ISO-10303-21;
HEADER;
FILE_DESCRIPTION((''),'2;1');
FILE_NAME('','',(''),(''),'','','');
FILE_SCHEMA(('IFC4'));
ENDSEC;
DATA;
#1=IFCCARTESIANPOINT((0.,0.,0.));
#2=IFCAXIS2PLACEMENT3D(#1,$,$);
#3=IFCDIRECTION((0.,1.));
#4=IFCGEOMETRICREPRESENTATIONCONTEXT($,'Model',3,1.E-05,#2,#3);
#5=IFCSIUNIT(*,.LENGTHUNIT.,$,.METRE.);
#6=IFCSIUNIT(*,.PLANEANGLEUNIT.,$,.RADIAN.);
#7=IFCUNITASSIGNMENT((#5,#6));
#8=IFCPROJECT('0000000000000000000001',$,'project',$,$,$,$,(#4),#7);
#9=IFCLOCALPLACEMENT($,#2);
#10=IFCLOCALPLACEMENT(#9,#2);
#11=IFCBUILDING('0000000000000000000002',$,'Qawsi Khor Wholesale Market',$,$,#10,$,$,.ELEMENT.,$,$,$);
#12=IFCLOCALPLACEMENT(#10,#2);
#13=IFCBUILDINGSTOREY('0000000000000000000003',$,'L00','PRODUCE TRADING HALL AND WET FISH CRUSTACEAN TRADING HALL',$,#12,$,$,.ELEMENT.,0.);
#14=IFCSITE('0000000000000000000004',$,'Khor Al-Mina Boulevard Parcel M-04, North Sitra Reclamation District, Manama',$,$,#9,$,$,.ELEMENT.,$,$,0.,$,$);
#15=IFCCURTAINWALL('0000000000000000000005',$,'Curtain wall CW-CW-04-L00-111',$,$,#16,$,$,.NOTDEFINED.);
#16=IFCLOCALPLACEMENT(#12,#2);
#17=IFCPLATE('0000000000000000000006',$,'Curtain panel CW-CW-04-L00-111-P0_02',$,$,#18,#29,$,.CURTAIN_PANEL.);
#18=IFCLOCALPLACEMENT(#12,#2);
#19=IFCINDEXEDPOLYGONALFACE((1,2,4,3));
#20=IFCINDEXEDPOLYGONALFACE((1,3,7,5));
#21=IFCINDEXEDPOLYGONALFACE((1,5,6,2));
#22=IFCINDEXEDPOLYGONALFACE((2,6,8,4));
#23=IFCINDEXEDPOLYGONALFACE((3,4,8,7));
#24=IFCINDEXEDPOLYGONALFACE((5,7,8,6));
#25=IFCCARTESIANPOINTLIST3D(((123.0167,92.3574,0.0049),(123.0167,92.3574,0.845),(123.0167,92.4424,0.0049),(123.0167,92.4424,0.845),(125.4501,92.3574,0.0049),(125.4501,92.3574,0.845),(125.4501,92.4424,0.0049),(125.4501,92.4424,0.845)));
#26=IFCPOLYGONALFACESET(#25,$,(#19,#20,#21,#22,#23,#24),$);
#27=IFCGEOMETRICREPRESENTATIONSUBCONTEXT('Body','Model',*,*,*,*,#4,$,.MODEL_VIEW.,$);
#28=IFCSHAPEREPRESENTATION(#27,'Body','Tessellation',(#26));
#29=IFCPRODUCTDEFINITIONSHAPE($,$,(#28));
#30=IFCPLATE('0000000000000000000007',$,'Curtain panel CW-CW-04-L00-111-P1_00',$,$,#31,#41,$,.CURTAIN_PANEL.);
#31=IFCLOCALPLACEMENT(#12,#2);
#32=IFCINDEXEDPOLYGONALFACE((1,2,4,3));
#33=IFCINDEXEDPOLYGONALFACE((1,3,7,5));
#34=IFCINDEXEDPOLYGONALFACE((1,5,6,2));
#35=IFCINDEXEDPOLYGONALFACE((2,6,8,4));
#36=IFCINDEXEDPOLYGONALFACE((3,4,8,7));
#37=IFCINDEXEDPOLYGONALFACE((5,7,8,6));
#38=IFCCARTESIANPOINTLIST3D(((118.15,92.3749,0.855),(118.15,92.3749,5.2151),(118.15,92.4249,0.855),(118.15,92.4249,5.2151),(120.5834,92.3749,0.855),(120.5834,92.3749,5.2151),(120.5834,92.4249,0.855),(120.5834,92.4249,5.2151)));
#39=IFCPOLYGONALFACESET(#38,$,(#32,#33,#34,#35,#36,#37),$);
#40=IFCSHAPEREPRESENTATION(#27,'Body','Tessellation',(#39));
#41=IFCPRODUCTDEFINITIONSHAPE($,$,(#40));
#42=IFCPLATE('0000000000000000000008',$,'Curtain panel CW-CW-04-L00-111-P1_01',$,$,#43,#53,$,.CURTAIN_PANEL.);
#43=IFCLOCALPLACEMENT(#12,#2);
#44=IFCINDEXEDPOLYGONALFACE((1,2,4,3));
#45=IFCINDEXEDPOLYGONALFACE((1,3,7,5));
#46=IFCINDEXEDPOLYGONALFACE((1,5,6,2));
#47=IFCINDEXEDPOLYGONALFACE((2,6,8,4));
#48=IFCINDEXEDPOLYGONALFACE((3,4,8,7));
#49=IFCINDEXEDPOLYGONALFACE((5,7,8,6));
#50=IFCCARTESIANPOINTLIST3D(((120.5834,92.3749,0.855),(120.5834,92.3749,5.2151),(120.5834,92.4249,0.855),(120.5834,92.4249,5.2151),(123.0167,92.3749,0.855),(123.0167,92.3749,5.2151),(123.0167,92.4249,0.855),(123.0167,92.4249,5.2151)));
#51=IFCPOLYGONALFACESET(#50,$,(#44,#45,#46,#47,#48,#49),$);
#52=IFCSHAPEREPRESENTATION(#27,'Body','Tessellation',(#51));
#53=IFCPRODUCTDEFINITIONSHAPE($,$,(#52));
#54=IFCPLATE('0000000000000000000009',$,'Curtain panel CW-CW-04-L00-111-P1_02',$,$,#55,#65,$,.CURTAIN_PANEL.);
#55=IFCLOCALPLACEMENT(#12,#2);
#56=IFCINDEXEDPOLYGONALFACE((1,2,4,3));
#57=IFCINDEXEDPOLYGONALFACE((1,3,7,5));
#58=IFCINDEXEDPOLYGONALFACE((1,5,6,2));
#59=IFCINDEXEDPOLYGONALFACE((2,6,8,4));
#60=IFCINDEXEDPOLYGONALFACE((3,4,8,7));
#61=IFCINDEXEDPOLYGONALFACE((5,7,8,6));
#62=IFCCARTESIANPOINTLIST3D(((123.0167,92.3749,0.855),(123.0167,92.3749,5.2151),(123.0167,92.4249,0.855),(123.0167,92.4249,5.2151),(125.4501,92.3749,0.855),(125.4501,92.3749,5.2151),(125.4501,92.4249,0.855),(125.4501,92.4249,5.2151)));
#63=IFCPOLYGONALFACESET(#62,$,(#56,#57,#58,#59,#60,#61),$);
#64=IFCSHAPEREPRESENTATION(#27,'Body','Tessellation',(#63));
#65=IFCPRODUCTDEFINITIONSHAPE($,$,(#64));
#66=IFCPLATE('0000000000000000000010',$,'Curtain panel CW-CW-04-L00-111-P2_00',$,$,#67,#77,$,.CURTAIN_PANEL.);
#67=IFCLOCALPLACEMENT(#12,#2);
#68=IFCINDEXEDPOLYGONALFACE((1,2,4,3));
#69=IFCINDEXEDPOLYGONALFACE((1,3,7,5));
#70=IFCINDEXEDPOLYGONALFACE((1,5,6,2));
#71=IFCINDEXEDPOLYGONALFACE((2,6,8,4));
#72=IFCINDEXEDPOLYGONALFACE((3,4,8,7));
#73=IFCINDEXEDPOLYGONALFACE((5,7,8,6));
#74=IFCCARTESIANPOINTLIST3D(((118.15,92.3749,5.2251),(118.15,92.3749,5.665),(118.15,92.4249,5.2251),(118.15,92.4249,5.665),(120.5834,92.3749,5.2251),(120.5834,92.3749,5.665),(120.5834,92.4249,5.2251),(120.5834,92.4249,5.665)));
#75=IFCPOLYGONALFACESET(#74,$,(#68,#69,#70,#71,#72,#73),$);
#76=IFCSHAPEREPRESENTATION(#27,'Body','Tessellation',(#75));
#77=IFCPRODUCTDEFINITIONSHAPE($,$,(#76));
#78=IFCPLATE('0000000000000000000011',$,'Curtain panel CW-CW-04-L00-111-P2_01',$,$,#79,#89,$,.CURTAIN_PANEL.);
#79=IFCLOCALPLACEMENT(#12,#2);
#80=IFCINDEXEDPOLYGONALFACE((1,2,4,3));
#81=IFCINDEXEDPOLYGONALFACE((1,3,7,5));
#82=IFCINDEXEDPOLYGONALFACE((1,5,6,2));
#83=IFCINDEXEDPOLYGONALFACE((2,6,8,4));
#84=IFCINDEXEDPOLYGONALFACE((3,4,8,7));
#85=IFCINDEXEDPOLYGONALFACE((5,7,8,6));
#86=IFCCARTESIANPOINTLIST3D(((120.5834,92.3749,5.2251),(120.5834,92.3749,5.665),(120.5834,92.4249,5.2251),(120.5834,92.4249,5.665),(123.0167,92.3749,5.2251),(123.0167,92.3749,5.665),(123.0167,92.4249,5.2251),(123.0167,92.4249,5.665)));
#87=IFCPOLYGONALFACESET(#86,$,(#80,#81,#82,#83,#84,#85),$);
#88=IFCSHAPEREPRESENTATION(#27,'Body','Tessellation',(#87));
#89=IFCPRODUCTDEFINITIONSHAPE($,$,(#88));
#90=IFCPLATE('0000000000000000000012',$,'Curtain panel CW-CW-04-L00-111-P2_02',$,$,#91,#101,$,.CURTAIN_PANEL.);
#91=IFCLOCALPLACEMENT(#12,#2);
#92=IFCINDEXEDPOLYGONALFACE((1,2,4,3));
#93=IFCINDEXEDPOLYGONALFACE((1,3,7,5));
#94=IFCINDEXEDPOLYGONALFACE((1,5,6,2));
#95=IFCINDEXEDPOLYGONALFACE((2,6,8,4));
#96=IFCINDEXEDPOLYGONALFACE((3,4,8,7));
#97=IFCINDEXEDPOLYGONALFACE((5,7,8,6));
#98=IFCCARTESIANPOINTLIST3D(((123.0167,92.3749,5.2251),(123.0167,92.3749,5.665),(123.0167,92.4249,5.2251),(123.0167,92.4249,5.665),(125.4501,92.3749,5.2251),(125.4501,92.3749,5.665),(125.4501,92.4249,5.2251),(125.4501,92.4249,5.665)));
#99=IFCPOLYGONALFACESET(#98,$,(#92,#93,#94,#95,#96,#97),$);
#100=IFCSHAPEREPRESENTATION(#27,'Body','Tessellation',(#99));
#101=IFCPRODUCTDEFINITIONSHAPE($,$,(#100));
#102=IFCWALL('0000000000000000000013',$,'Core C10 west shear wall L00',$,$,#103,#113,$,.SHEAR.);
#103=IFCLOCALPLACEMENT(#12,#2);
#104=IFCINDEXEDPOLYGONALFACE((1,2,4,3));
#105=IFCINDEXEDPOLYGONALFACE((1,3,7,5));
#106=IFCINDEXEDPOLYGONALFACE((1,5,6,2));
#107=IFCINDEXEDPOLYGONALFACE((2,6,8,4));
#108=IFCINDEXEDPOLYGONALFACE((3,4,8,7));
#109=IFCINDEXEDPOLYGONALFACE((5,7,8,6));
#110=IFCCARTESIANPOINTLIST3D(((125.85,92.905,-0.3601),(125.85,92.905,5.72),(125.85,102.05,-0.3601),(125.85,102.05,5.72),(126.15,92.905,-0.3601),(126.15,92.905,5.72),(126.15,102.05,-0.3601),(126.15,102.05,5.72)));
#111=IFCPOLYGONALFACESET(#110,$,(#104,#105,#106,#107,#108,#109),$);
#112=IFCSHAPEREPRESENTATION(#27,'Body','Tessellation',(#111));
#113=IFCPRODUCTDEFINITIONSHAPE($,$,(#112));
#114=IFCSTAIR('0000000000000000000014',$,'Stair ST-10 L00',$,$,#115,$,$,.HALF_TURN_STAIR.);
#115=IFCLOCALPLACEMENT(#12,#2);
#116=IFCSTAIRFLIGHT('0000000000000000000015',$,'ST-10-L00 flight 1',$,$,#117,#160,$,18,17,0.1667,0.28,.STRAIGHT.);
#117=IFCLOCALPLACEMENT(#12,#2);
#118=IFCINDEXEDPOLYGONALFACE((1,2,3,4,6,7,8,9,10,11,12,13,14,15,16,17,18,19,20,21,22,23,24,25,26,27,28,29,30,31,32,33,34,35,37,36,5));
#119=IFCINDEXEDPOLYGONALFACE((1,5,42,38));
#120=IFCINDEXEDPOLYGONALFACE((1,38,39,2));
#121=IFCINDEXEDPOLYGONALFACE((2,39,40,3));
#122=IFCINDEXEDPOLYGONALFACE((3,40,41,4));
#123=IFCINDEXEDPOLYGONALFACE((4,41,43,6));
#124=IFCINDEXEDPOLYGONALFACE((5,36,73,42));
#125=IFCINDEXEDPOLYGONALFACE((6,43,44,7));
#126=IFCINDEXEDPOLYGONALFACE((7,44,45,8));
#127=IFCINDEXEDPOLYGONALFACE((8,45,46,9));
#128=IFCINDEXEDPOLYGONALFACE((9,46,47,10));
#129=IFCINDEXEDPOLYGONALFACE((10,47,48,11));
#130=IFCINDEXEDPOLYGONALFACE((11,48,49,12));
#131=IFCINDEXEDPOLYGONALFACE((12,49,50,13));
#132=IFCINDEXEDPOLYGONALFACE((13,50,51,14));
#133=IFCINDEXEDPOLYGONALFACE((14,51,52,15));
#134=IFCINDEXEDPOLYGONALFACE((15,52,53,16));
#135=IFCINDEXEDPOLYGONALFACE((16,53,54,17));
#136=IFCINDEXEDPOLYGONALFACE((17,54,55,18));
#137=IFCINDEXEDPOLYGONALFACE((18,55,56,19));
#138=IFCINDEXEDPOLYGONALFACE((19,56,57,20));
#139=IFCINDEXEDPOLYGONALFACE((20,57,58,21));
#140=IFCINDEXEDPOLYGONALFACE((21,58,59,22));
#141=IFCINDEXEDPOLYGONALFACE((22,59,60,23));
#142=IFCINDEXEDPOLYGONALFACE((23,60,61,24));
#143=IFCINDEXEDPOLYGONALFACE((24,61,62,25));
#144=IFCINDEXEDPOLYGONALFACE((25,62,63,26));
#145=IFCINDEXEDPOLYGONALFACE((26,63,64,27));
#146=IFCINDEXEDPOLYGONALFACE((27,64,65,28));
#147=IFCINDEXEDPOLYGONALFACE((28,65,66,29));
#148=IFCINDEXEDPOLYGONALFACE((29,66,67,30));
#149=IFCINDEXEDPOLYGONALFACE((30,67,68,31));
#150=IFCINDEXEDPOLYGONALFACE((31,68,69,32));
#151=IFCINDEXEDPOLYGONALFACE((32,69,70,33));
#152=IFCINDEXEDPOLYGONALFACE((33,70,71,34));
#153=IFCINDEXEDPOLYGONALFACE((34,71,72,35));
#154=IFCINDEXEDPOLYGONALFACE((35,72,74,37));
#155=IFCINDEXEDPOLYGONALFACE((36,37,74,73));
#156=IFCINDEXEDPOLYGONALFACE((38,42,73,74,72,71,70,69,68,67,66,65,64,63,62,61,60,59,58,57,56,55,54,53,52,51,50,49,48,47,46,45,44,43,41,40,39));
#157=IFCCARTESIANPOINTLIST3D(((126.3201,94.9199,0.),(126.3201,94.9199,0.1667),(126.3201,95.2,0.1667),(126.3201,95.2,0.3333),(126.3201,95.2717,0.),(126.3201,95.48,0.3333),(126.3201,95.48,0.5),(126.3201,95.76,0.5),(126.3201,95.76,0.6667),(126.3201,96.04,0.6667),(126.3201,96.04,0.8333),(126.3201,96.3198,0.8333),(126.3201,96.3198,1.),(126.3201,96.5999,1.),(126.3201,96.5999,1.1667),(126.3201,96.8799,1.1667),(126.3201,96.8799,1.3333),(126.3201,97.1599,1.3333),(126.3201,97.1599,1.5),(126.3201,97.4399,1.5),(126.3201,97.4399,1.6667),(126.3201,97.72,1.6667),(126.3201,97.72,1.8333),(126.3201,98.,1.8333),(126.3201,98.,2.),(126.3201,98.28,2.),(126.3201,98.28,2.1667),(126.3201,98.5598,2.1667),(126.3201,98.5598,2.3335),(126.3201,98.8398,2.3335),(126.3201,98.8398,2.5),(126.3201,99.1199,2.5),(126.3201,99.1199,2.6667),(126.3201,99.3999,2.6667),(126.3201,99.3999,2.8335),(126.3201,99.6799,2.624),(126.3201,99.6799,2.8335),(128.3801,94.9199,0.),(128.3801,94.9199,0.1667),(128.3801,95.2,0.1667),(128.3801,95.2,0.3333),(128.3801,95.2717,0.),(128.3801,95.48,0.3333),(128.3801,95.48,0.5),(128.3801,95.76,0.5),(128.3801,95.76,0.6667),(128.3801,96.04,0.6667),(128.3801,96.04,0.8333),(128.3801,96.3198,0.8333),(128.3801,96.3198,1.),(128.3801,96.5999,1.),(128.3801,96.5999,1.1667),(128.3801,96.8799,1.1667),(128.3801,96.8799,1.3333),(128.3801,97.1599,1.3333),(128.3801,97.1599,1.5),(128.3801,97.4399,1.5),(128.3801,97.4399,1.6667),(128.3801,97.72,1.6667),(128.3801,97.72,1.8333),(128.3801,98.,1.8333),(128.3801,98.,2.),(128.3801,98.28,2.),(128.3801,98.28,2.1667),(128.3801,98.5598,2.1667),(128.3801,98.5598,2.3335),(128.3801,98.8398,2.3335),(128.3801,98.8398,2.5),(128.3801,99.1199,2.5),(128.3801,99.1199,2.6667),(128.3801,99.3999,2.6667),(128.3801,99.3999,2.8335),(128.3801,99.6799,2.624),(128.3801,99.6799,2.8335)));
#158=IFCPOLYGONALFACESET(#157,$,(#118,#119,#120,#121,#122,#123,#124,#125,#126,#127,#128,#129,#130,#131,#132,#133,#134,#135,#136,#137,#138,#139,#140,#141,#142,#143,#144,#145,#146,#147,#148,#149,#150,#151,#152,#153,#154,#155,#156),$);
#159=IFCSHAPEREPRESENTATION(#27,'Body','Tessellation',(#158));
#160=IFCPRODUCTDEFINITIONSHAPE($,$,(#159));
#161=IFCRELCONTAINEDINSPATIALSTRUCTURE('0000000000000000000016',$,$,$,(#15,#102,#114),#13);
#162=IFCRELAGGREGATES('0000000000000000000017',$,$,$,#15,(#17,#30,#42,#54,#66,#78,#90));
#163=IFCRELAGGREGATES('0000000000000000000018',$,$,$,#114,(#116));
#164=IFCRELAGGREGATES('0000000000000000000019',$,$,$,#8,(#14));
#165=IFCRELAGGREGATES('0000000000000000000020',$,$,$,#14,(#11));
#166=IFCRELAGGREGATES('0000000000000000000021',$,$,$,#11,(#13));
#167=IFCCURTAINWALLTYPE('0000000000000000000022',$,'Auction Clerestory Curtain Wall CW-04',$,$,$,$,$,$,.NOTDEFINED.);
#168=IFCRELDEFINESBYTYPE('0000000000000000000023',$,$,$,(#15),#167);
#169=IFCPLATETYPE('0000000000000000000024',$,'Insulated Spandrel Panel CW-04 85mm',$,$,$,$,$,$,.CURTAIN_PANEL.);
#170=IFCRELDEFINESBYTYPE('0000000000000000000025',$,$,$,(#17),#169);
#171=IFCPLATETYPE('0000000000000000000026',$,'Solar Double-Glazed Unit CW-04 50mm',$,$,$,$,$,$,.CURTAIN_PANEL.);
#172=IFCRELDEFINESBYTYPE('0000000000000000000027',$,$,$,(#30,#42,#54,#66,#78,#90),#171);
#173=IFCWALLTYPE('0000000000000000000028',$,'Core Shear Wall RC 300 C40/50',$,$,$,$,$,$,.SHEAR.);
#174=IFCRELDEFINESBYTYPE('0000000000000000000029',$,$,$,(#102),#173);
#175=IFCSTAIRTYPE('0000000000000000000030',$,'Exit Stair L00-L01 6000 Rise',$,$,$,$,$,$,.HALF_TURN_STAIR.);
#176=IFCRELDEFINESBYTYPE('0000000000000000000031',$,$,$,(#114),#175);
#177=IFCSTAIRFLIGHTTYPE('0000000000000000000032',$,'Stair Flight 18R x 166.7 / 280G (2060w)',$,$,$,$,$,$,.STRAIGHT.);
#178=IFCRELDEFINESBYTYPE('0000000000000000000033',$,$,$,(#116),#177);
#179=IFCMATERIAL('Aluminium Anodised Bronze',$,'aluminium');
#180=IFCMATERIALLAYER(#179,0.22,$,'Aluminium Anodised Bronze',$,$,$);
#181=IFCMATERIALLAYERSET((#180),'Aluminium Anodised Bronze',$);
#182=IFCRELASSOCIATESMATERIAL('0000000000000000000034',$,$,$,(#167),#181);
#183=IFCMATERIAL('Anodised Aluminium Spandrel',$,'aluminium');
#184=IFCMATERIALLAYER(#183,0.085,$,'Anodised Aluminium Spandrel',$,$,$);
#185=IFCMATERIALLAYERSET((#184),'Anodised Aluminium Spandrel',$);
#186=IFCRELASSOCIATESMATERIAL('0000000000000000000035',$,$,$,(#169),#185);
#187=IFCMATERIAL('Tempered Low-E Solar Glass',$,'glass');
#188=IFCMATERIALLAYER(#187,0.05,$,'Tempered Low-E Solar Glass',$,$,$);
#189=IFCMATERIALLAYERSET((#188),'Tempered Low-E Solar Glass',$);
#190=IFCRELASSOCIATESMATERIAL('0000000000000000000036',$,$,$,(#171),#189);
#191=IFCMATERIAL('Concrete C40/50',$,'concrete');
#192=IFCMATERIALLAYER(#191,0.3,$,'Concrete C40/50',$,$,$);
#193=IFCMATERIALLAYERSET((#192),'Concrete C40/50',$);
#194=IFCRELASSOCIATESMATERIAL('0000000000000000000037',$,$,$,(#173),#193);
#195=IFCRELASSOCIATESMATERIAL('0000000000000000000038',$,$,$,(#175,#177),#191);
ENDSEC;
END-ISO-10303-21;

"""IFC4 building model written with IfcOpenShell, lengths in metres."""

from ifc_helpers import new_model, si_unit, direction, frame, frame_2d, origin, place, context, subcontext, project, spatial, polyline, rectangle, outline, extrude, material, layer, layer_set, type_object, element, aggregate, save


model = new_model("IFC4")

# Units and contexts
model_context = context("Model", 3, precision=1e-05, world=origin(), true_north=direction((0.0, 1.0)))
body_context = subcontext(model_context, "Body", "Model", "MODEL_VIEW")
ifc_project = project(units=[si_unit("LENGTHUNIT", "METRE"), si_unit("PLANEANGLEUNIT", "RADIAN")], contexts=[model_context])

# Site, building, storey
site_placement = place(None, origin())
site = spatial("IfcSite", under=ifc_project, at=site_placement, Name="Khor Al-Mina Boulevard Parcel M-04, North Sitra Reclamation District, Manama", CompositionType="ELEMENT", RefElevation=0.0)
building_placement = place(site_placement, origin())
building = spatial("IfcBuilding", under=site, at=building_placement, Name="Qawsi Khor Wholesale Market", CompositionType="ELEMENT")
storey_placement = place(building_placement, origin())
storey = spatial("IfcBuildingStorey", under=building, at=storey_placement, Name="L00", Description="PRODUCE TRADING HALL AND WET FISH CRUSTACEAN TRADING HALL", CompositionType="ELEMENT", Elevation=0.0)

# Shared definitions
ifc_material_1 = material(Name="Concrete C40/50", Category="concrete")

# Curtain wall, plates
ifc_material_2 = material(Name="Aluminium Anodised Bronze", Category="aluminium")
ifc_layer_1 = layer(ifc_material_2, 0.22, Name="Aluminium Anodised Bronze")
ifc_layer_set_1 = layer_set([ifc_layer_1], Name="Aluminium Anodised Bronze")
curtain_wall_type = type_object("IfcCurtainWallType", Name="Auction Clerestory Curtain Wall CW-04", PredefinedType="NOTDEFINED", material=ifc_layer_set_1)
curtain_wall_placement = place(storey_placement, origin())
curtain_wall = element("IfcCurtainWall", 1, at=curtain_wall_placement, inside=storey, type_object=curtain_wall_type, Name="Curtain wall CW-CW-04-L00-111", PredefinedType="NOTDEFINED")
ifc_material_3 = material(Name="Anodised Aluminium Spandrel", Category="aluminium")
ifc_layer_2 = layer(ifc_material_3, 0.085, Name="Anodised Aluminium Spandrel")
ifc_layer_set_2 = layer_set([ifc_layer_2], Name="Anodised Aluminium Spandrel")
plate_type_1 = type_object("IfcPlateType", Name="Insulated Spandrel Panel CW-04 85mm", PredefinedType="CURTAIN_PANEL", material=ifc_layer_set_2)
plate_1_placement = place(storey_placement, frame((123.0166, 92.3999, 0.0049), z_axis=(0.0, 0.0, 1.0), x_axis=(1.0, 0.0, 0.0)))
plate_1 = element("IfcPlate", 2, at=plate_1_placement, type_object=plate_type_1, Name="Curtain panel CW-CW-04-L00-111-P0_02", PredefinedType="CURTAIN_PANEL", context=body_context, shape_type="SweptSolid", body=[
    extrude(rectangle(XDim=2.4333, YDim=0.085, at=frame_2d((1.2168, 0.0))), origin(), (0.0, 0.0, 1.0), 0.8401),
])
ifc_material_4 = material(Name="Tempered Low-E Solar Glass", Category="glass")
ifc_layer_3 = layer(ifc_material_4, 0.05, Name="Tempered Low-E Solar Glass")
ifc_layer_set_3 = layer_set([ifc_layer_3], Name="Tempered Low-E Solar Glass")
plate_type_2 = type_object("IfcPlateType", Name="Solar Double-Glazed Unit CW-04 50mm", PredefinedType="CURTAIN_PANEL", material=ifc_layer_set_3)
plate_2_placement = place(storey_placement, frame((118.1499, 92.3999, 0.855), z_axis=(0.0, 0.0, 1.0), x_axis=(1.0, 0.0, 0.0)))
plate_2 = element("IfcPlate", 3, at=plate_2_placement, type_object=plate_type_2, Name="Curtain panel CW-CW-04-L00-111-P1_00", PredefinedType="CURTAIN_PANEL", context=body_context, shape_type="SweptSolid", body=[
    extrude(rectangle(XDim=2.4333, YDim=0.05, at=frame_2d((1.2168, 0.0))), origin(), (0.0, 0.0, 1.0), 4.3601),
])
plate_3_placement = place(storey_placement, frame((120.5833, 92.3999, 0.855), z_axis=(0.0, 0.0, 1.0), x_axis=(1.0, 0.0, 0.0)))
plate_3 = element("IfcPlate", 4, at=plate_3_placement, type_object=plate_type_2, Name="Curtain panel CW-CW-04-L00-111-P1_01", PredefinedType="CURTAIN_PANEL", context=body_context, shape_type="SweptSolid", body=[
    extrude(rectangle(XDim=2.4333, YDim=0.05, at=frame_2d((1.2168, 0.0))), origin(), (0.0, 0.0, 1.0), 4.3601),
])
plate_4_placement = place(storey_placement, frame((123.0166, 92.3999, 0.855), z_axis=(0.0, 0.0, 1.0), x_axis=(1.0, 0.0, 0.0)))
plate_4 = element("IfcPlate", 5, at=plate_4_placement, type_object=plate_type_2, Name="Curtain panel CW-CW-04-L00-111-P1_02", PredefinedType="CURTAIN_PANEL", context=body_context, shape_type="SweptSolid", body=[
    extrude(rectangle(XDim=2.4333, YDim=0.05, at=frame_2d((1.2168, 0.0))), origin(), (0.0, 0.0, 1.0), 4.3601),
])
plate_5_placement = place(storey_placement, frame((118.1499, 92.3999, 5.2251), z_axis=(0.0, 0.0, 1.0), x_axis=(1.0, 0.0, 0.0)))
plate_5 = element("IfcPlate", 6, at=plate_5_placement, type_object=plate_type_2, Name="Curtain panel CW-CW-04-L00-111-P2_00", PredefinedType="CURTAIN_PANEL", context=body_context, shape_type="SweptSolid", body=[
    extrude(rectangle(XDim=2.4333, YDim=0.05, at=frame_2d((1.2168, 0.0))), origin(), (0.0, 0.0, 1.0), 0.4399),
])
plate_6_placement = place(storey_placement, frame((120.5833, 92.3999, 5.2251), z_axis=(0.0, 0.0, 1.0), x_axis=(1.0, 0.0, 0.0)))
plate_6 = element("IfcPlate", 7, at=plate_6_placement, type_object=plate_type_2, Name="Curtain panel CW-CW-04-L00-111-P2_01", PredefinedType="CURTAIN_PANEL", context=body_context, shape_type="SweptSolid", body=[
    extrude(rectangle(XDim=2.4333, YDim=0.05, at=frame_2d((1.2168, 0.0))), origin(), (0.0, 0.0, 1.0), 0.4399),
])
plate_7_placement = place(storey_placement, frame((123.0166, 92.3999, 5.2251), z_axis=(0.0, 0.0, 1.0), x_axis=(1.0, 0.0, 0.0)))
plate_7 = element("IfcPlate", 8, at=plate_7_placement, type_object=plate_type_2, Name="Curtain panel CW-CW-04-L00-111-P2_02", PredefinedType="CURTAIN_PANEL", context=body_context, shape_type="SweptSolid", body=[
    extrude(rectangle(XDim=2.4333, YDim=0.05, at=frame_2d((1.2168, 0.0))), origin(), (0.0, 0.0, 1.0), 0.4399),
])
aggregate(curtain_wall, [plate_1, plate_2, plate_3, plate_4, plate_5, plate_6, plate_7])

# Wall
ifc_layer_4 = layer(ifc_material_1, 0.3, Name="Concrete C40/50")
ifc_layer_set_4 = layer_set([ifc_layer_4], Name="Concrete C40/50")
wall_type = type_object("IfcWallType", Name="Core Shear Wall RC 300 C40/50", PredefinedType="SHEAR", material=ifc_layer_set_4)
wall_placement = place(storey_placement, frame((126.0, 92.905, -0.3601), z_axis=(0.0, 0.0, 1.0), x_axis=(0.0, 1.0, 0.0)))
element("IfcWall", 9, at=wall_placement, inside=storey, type_object=wall_type, Name="Core C10 west shear wall L00", PredefinedType="SHEAR", context=body_context, shape_type="SweptSolid", body=[
    extrude(rectangle(XDim=9.145, YDim=0.3, at=frame_2d((4.5725, 0.0))), origin(), (0.0, 0.0, 1.0), 6.0801),
])

# Stair, stair flight
stair_type = type_object("IfcStairType", Name="Exit Stair L00-L01 6000 Rise", PredefinedType="HALF_TURN_STAIR", material=ifc_material_1)
stair_placement = place(storey_placement, origin())
stair = element("IfcStair", 10, at=stair_placement, inside=storey, type_object=stair_type, Name="Stair ST-10 L00", PredefinedType="HALF_TURN_STAIR")
stair_flight_type = type_object("IfcStairFlightType", Name="Stair Flight 18R x 166.7 / 280G (2060w)", PredefinedType="STRAIGHT", material=ifc_material_1)
stair_flight_placement = place(storey_placement, frame((127.3501, 94.9199, 0.0), z_axis=(0.0, 0.0, 1.0), x_axis=(0.0, 1.0, 0.0)))
stair_flight = element("IfcStairFlight", 11, at=stair_flight_placement, type_object=stair_flight_type, Name="ST-10-L00 flight 1", NumberOfRisers=18, NumberOfTreads=17, PredefinedType="STRAIGHT", RiserHeight=0.1667, TreadLength=0.28, context=body_context, shape_type="SweptSolid", body=[
    extrude(outline(polyline([(0.0, 0.0), (0.0, 0.1667), (0.28, 0.1667), (0.28, 0.3333), (0.5601, 0.3333), (0.5601, 0.5), (0.8401, 0.5), (0.8401, 0.6667), (1.1201, 0.6667), (1.1201, 0.8333), (1.3999, 0.8333), (1.3999, 1.0), (1.6799, 1.0), (1.6799, 1.1667), (1.96, 1.1667), (1.96, 1.3333), (2.24, 1.3333), (2.24, 1.5), (2.52, 1.5), (2.52, 1.6667), (2.8, 1.6667), (2.8, 1.8333), (3.0801, 1.8333), (3.0801, 2.0), (3.3601, 2.0), (3.3601, 2.1667), (3.6399, 2.1667), (3.6399, 2.3335), (3.9199, 2.3335), (3.9199, 2.5), (4.2, 2.5), (4.2, 2.6667), (4.48, 2.6667), (4.48, 2.8335), (4.76, 2.8335), (4.76, 3.0), (4.76, 2.624), (0.3518, 0.0), (0.0, 0.0)])), frame((0.0, 1.03, 0.0), z_axis=(0.0, -1.0, 0.0), x_axis=(1.0, 0.0, 0.0)), (0.0, 0.0, 1.0), 2.0601),
])
aggregate(stair, [stair_flight])

save(model, "model.ifc")
